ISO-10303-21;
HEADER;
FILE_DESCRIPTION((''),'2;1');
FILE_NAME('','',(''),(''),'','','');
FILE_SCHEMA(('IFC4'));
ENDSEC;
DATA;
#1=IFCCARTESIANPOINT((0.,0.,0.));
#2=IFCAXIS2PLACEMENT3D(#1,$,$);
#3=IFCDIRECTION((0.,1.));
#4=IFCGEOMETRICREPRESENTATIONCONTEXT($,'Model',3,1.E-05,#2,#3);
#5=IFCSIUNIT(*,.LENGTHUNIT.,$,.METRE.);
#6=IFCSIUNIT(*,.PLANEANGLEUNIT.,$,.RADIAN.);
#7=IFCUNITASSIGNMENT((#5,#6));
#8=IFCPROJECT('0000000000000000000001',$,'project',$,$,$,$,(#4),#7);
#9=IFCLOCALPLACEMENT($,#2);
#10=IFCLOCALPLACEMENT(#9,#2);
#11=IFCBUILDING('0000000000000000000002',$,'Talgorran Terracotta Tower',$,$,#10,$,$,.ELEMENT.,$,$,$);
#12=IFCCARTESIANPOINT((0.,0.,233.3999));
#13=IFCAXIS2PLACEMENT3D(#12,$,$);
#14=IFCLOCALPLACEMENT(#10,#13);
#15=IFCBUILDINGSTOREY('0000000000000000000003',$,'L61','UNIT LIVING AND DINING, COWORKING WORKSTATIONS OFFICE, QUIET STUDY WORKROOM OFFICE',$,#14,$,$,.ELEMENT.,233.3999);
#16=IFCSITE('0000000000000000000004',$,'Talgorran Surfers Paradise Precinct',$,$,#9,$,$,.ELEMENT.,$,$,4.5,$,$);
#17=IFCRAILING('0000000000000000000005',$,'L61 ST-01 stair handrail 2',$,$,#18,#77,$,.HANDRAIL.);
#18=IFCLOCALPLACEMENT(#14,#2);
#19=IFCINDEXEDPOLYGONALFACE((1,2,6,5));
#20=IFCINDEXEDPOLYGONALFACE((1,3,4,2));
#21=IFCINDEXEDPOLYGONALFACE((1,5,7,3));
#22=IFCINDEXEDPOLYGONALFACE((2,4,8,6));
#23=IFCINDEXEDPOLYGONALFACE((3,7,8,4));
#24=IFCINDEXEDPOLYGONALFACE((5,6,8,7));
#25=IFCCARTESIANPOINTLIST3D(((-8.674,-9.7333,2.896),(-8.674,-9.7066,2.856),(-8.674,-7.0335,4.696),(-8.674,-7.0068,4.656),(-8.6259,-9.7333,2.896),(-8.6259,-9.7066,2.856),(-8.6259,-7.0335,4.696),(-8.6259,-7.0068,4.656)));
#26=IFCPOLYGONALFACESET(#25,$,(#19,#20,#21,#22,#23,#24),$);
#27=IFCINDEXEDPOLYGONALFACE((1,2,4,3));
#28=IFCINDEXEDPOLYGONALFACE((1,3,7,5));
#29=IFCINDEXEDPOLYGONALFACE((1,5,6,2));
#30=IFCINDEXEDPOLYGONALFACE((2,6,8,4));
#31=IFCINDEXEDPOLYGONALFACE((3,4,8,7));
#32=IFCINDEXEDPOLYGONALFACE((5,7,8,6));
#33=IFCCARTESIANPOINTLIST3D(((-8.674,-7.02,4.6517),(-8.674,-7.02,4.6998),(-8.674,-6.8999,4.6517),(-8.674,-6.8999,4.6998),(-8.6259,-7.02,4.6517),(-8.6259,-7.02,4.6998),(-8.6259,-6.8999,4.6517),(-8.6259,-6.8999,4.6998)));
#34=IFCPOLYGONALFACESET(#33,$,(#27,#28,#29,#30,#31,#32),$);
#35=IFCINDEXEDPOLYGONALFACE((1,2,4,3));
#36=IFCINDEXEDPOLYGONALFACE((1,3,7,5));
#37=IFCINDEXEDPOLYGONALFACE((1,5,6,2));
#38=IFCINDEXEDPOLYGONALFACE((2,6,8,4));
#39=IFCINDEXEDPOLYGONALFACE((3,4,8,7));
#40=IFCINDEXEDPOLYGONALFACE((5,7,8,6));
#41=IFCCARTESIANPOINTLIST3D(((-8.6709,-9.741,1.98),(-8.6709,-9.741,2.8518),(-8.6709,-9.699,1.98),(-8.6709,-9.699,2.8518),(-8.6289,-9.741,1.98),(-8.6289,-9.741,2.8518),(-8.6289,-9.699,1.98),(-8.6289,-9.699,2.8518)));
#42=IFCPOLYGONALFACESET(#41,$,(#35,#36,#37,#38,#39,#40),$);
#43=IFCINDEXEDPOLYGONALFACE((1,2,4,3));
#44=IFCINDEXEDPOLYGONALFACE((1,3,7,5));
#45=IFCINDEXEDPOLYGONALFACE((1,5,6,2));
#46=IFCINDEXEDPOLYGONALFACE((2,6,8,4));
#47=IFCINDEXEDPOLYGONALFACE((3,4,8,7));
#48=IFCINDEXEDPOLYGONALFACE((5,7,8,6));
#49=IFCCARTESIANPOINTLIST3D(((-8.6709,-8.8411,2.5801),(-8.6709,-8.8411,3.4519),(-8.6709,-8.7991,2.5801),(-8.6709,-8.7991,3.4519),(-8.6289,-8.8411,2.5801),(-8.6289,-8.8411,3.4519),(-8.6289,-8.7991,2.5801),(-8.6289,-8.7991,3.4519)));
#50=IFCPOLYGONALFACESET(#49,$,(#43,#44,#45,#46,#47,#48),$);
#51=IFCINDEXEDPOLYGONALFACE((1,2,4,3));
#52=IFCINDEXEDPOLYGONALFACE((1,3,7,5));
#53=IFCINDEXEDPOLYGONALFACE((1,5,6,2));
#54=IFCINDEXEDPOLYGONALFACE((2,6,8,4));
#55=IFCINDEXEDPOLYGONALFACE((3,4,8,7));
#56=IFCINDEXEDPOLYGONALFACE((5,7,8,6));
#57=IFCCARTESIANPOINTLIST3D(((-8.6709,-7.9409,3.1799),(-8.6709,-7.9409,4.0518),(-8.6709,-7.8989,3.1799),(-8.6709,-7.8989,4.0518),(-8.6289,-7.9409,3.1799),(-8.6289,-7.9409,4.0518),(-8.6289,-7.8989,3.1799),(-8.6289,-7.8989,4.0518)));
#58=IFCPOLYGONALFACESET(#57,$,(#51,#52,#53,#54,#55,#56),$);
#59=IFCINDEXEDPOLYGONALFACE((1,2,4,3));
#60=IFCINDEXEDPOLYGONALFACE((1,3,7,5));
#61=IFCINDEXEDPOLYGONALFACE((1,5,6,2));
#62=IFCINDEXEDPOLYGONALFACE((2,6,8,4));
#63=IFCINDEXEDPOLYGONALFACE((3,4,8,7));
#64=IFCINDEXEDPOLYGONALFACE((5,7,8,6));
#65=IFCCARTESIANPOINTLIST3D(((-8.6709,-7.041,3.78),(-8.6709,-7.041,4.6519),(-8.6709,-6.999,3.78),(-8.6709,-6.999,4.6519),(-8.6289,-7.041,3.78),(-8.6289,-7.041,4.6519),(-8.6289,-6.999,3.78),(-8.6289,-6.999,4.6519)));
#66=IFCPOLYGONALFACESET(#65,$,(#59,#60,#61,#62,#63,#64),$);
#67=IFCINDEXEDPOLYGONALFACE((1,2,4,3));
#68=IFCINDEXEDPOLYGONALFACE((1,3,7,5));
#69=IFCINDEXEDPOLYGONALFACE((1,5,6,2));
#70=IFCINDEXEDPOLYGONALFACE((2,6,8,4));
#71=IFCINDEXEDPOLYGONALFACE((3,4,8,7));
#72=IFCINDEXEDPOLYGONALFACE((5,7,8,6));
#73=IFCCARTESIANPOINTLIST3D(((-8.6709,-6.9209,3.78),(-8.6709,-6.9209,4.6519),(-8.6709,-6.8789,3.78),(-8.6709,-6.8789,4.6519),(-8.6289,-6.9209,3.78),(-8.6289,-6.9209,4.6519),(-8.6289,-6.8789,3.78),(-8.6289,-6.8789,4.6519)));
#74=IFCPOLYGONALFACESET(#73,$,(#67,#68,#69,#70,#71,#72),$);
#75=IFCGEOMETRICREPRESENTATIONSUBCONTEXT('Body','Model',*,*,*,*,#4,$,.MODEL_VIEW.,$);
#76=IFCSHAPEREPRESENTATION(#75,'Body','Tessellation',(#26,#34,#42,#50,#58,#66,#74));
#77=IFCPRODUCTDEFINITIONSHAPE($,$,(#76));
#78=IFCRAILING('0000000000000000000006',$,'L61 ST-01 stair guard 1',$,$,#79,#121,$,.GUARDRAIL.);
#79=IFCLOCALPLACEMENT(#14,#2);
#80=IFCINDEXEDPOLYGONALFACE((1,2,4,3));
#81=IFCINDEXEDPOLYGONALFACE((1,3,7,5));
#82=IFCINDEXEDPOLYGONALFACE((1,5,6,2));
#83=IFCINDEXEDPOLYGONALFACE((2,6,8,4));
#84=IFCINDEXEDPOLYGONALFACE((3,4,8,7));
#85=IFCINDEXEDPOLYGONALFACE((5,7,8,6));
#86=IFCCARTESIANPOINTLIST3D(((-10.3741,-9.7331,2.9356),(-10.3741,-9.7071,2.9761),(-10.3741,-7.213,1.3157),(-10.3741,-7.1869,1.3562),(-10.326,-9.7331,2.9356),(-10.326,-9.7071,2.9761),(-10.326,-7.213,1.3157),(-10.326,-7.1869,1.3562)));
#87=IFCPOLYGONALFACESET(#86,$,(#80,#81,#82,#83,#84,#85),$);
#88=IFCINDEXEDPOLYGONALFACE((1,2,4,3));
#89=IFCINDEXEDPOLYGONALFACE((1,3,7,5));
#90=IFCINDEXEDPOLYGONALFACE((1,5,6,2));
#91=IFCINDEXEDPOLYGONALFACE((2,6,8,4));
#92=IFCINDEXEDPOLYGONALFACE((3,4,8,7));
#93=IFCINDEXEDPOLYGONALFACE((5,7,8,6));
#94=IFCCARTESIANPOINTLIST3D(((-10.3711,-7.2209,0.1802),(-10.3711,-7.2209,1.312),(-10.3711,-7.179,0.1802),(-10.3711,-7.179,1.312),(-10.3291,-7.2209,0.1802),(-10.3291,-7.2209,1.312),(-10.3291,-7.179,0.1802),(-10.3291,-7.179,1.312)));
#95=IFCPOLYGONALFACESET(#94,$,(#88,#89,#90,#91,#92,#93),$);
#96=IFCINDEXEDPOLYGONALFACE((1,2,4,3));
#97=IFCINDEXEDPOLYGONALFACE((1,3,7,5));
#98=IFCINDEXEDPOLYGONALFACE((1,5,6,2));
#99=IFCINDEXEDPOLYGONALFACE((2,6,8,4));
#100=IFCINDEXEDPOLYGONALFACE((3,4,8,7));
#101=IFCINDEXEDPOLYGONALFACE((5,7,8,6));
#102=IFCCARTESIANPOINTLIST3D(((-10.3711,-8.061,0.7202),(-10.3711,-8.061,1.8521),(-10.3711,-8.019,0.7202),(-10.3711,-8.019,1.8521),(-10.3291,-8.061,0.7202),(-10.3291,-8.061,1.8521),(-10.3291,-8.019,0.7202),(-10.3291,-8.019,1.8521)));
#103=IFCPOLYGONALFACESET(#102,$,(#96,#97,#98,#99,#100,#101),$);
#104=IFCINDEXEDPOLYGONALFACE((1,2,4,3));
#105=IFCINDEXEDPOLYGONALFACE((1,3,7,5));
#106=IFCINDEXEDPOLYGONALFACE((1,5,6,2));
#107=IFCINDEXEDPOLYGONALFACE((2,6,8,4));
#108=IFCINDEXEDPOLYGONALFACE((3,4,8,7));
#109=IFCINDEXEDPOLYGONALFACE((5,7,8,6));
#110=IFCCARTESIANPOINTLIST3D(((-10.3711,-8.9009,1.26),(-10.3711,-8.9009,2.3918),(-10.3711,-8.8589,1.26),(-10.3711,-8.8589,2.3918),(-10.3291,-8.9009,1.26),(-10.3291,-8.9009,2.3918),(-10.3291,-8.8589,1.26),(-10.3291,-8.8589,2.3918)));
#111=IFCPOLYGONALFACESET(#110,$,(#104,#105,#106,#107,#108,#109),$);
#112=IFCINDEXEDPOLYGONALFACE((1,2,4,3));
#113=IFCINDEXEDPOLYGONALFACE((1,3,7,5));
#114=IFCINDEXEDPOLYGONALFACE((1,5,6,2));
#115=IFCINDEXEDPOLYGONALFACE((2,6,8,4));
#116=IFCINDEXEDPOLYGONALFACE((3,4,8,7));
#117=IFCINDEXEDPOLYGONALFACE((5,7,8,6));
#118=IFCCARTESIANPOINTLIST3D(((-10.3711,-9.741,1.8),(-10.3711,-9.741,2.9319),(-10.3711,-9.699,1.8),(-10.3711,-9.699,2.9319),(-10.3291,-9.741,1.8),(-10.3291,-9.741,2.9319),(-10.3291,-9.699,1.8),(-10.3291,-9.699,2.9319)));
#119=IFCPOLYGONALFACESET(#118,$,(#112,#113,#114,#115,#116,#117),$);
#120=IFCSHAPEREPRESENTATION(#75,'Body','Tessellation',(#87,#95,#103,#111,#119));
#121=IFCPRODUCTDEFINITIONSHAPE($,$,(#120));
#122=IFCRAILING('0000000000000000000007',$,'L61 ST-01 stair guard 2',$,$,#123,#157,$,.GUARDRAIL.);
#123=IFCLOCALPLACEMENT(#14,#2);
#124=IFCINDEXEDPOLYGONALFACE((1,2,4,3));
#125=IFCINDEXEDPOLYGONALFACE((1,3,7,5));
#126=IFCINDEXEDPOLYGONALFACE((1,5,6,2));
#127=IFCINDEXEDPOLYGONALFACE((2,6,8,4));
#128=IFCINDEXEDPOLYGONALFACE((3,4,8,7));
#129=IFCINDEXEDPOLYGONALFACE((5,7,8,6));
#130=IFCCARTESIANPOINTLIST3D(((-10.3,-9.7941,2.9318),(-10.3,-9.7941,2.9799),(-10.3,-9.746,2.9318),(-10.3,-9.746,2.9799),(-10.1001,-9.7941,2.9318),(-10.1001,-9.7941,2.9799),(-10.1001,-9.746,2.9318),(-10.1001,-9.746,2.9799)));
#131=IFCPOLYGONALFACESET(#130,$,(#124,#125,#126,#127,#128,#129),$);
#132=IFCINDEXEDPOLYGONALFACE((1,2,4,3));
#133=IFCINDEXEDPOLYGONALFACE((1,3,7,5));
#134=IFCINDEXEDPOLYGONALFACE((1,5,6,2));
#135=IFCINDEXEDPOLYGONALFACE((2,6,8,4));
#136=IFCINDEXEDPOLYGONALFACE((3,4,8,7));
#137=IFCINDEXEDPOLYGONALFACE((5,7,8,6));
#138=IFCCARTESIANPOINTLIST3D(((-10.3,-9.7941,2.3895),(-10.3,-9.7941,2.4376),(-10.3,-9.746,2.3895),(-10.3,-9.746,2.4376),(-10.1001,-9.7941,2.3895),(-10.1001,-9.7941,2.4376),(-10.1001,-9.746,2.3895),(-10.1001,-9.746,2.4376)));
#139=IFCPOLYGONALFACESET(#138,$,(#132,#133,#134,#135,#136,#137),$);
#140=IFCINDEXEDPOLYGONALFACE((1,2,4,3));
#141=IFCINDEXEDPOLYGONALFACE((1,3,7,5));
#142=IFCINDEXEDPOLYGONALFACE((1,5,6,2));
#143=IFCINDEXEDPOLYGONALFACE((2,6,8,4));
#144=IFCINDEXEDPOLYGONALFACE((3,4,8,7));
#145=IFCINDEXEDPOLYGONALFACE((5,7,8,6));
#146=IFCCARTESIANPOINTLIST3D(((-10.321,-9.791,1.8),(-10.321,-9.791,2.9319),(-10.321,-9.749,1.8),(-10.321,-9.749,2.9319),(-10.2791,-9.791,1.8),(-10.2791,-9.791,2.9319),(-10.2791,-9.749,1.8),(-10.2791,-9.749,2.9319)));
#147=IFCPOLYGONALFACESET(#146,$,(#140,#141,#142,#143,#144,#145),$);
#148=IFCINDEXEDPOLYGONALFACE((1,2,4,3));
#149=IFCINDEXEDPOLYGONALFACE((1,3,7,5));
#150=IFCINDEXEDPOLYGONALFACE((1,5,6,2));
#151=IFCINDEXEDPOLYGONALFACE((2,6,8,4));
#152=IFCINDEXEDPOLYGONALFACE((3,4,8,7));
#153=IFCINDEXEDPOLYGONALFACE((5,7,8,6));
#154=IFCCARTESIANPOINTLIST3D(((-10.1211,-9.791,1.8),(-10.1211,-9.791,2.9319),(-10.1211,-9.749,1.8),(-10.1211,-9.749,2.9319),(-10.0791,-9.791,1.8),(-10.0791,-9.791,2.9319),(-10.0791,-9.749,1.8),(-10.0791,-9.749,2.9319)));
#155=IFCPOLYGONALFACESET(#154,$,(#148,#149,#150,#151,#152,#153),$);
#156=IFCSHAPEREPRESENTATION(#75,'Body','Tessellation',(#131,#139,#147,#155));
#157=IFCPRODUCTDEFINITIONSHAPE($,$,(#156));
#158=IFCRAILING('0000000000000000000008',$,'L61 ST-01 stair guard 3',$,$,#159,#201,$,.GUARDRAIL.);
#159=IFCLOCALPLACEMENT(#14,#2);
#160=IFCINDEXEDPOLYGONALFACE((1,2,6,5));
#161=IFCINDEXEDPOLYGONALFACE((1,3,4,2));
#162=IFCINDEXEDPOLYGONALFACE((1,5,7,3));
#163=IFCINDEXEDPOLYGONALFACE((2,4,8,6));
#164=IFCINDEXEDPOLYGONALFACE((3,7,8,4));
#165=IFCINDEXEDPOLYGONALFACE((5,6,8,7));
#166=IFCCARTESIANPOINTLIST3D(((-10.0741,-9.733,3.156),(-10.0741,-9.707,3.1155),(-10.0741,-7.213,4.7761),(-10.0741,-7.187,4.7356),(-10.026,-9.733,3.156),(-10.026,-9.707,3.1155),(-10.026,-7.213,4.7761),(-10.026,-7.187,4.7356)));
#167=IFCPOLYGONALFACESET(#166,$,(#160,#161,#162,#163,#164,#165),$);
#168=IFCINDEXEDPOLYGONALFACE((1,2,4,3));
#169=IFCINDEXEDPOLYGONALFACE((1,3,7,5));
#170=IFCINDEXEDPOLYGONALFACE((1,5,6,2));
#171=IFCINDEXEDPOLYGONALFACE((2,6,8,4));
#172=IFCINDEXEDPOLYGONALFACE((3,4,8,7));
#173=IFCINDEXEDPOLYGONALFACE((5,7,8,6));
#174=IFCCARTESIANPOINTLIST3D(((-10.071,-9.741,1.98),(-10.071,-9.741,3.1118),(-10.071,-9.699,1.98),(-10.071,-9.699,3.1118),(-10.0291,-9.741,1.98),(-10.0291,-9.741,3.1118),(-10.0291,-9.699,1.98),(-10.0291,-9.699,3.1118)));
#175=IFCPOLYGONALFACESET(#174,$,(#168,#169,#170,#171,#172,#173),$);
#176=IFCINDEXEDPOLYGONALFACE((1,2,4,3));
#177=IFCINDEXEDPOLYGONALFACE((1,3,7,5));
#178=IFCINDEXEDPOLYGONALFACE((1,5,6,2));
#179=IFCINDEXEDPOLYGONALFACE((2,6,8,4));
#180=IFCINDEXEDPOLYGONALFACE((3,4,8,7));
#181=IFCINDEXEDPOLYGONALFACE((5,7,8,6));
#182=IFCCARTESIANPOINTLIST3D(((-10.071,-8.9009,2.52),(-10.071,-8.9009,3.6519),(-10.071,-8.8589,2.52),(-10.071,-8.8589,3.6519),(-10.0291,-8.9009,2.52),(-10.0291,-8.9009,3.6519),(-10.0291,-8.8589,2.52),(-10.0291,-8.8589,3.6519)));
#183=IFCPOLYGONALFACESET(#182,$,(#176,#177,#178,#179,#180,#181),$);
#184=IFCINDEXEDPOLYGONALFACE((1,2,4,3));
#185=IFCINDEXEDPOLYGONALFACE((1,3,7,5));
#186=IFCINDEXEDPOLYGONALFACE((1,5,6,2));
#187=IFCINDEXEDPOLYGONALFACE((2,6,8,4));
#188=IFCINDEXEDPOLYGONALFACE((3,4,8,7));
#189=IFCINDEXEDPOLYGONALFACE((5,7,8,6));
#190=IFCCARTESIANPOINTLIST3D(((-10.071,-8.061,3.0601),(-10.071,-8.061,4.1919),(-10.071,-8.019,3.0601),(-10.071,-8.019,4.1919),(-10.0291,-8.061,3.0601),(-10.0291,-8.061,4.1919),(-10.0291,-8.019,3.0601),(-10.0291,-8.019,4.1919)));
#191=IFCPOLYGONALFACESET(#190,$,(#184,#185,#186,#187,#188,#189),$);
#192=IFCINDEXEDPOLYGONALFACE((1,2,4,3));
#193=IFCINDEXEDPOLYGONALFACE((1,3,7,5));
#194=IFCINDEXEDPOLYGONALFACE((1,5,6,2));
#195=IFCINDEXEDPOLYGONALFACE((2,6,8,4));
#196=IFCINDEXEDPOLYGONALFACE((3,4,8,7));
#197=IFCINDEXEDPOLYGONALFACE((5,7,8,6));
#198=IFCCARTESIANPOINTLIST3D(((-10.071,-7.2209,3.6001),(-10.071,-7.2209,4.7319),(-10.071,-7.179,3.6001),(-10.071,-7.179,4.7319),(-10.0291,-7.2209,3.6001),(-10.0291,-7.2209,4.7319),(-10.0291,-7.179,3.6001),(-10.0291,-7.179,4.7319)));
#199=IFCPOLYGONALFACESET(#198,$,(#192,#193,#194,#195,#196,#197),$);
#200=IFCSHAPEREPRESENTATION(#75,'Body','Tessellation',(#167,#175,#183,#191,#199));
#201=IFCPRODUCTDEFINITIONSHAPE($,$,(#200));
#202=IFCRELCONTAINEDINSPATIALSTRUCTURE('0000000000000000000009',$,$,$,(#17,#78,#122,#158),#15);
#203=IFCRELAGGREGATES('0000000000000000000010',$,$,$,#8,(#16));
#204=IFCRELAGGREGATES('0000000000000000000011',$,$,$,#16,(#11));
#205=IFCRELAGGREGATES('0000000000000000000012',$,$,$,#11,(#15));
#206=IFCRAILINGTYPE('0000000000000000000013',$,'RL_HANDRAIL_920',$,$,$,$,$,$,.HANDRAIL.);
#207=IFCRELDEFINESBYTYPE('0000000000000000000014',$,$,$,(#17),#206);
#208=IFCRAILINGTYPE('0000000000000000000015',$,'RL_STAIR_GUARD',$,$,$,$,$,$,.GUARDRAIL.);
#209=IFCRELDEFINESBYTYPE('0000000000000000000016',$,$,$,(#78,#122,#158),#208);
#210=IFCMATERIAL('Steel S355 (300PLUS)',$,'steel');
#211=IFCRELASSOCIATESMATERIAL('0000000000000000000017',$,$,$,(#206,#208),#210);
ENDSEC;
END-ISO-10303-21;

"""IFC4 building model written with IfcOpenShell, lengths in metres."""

from ifc_helpers import new_model, si_unit, direction, frame, origin, origin_2d, place, context, subcontext, project, spatial, rectangle, extrude, material, type_object, element, save


model = new_model("IFC4")

# Units and contexts
model_context = context("Model", 3, precision=1e-05, world=origin(), true_north=direction((0.0, 1.0)))
body_context = subcontext(model_context, "Body", "Model", "MODEL_VIEW")
ifc_project = project(units=[si_unit("LENGTHUNIT", "METRE"), si_unit("PLANEANGLEUNIT", "RADIAN")], contexts=[model_context])

# Site, building, storey
site_placement = place(None, origin())
site = spatial("IfcSite", under=ifc_project, at=site_placement, Name="Talgorran Surfers Paradise Precinct", CompositionType="ELEMENT", RefElevation=4.5)
building_placement = place(site_placement, origin())
building = spatial("IfcBuilding", under=site, at=building_placement, Name="Talgorran Terracotta Tower", CompositionType="ELEMENT")
storey_placement = place(building_placement, frame((0.0, 0.0, 233.3999)))
storey = spatial("IfcBuildingStorey", under=building, at=storey_placement, Name="L61", Description="UNIT LIVING AND DINING, COWORKING WORKSTATIONS OFFICE, QUIET STUDY WORKROOM OFFICE", CompositionType="ELEMENT", Elevation=233.3999)

# Railings
ifc_material_1 = material(Name="Steel S355 (300PLUS)", Category="steel")
railing_type_1 = type_object("IfcRailingType", Name="RL_HANDRAIL_920", PredefinedType="HANDRAIL", material=ifc_material_1)
railing_1_placement = place(storey_placement, frame((-8.6499, -9.72, 1.98)))
element("IfcRailing", 1, at=railing_1_placement, inside=storey, type_object=railing_type_1, Name="L61 ST-01 stair handrail 2", PredefinedType="HANDRAIL", context=body_context, shape_type="SweptSolid", body=[
    extrude(rectangle(XDim=0.0481, YDim=0.0481, at=origin_2d()), frame((0.0, 0.0, 0.896), z_axis=(0.0, 0.832039, 0.554718), x_axis=(-1.0, 0.0, 0.0)), (0.0, 0.0, 1.0), 3.2449),
    extrude(rectangle(XDim=0.0481, YDim=0.0481, at=origin_2d()), frame((0.0, 2.7, 2.6958), z_axis=(0.0, 1.0, 0.0), x_axis=(-1.0, 0.0, 0.0)), (0.0, 0.0, 1.0), 0.1201),
    extrude(rectangle(XDim=0.042, YDim=0.042, at=origin_2d()), origin(), (0.0, 0.0, 1.0), 0.8718),
    extrude(rectangle(XDim=0.042, YDim=0.042, at=origin_2d()), frame((0.0, 0.8999, 0.6001)), (0.0, 0.0, 1.0), 0.8718),
    extrude(rectangle(XDim=0.042, YDim=0.042, at=origin_2d()), frame((0.0, 1.8, 1.2)), (0.0, 0.0, 1.0), 0.8718),
    extrude(rectangle(XDim=0.042, YDim=0.042, at=origin_2d()), frame((0.0, 2.7, 1.8)), (0.0, 0.0, 1.0), 0.8718),
    extrude(rectangle(XDim=0.042, YDim=0.042, at=origin_2d()), frame((0.0, 2.8201, 1.8)), (0.0, 0.0, 1.0), 0.8718),
])
railing_type_2 = type_object("IfcRailingType", Name="RL_STAIR_GUARD", PredefinedType="GUARDRAIL", material=ifc_material_1)
railing_2_placement = place(storey_placement, frame((-10.3501, -7.2, 0.1802)))
element("IfcRailing", 2, at=railing_2_placement, inside=storey, type_object=railing_type_2, Name="L61 ST-01 stair guard 1", PredefinedType="GUARDRAIL", context=body_context, shape_type="SweptSolid", body=[
    extrude(rectangle(XDim=0.0481, YDim=0.0481, at=origin_2d()), frame((0.0, 0.0, 1.1558), z_axis=(0.0, -0.8412, 0.540725), x_axis=(1.0, 0.0, 0.0)), (0.0, 0.0, 1.0), 2.9958),
    extrude(rectangle(XDim=0.042, YDim=0.042, at=origin_2d()), origin(), (0.0, 0.0, 1.0), 1.1318),
    extrude(rectangle(XDim=0.042, YDim=0.042, at=origin_2d()), frame((0.0, -0.8401, 0.54)), (0.0, 0.0, 1.0), 1.1318),
    extrude(rectangle(XDim=0.042, YDim=0.042, at=origin_2d()), frame((0.0, -1.6799, 1.0798)), (0.0, 0.0, 1.0), 1.1318),
    extrude(rectangle(XDim=0.042, YDim=0.042, at=origin_2d()), frame((0.0, -2.52, 1.6199)), (0.0, 0.0, 1.0), 1.1318),
])
railing_3_placement = place(storey_placement, frame((-10.3, -9.77, 1.8)))
element("IfcRailing", 3, at=railing_3_placement, inside=storey, type_object=railing_type_2, Name="L61 ST-01 stair guard 2", PredefinedType="GUARDRAIL", context=body_context, shape_type="SweptSolid", body=[
    extrude(rectangle(XDim=0.0481, YDim=0.0481, at=origin_2d()), frame((0.0, 0.0, 1.1558), z_axis=(1.0, 0.0, 0.0), x_axis=(0.0, 1.0, 0.0)), (0.0, 0.0, 1.0), 0.2),
    extrude(rectangle(XDim=0.0481, YDim=0.0481, at=origin_2d()), frame((0.0, 0.0, 0.6135), z_axis=(1.0, 0.0, 0.0), x_axis=(0.0, 1.0, 0.0)), (0.0, 0.0, 1.0), 0.2),
    extrude(rectangle(XDim=0.042, YDim=0.042, at=origin_2d()), origin(), (0.0, 0.0, 1.0), 1.1318),
    extrude(rectangle(XDim=0.042, YDim=0.042, at=origin_2d()), frame((0.2, 0.0, 0.0)), (0.0, 0.0, 1.0), 1.1318),
])
railing_4_placement = place(storey_placement, frame((-10.05, -9.72, 1.98)))
element("IfcRailing", 4, at=railing_4_placement, inside=storey, type_object=railing_type_2, Name="L61 ST-01 stair guard 3", PredefinedType="GUARDRAIL", context=body_context, shape_type="SweptSolid", body=[
    extrude(rectangle(XDim=0.0481, YDim=0.0481, at=origin_2d()), frame((0.0, 0.0, 1.1558), z_axis=(0.0, 0.841163, 0.540782), x_axis=(-1.0, 0.0, 0.0)), (0.0, 0.0, 1.0), 2.9958),
    extrude(rectangle(XDim=0.042, YDim=0.042, at=origin_2d()), origin(), (0.0, 0.0, 1.0), 1.1318),
    extrude(rectangle(XDim=0.042, YDim=0.042, at=origin_2d()), frame((0.0, 0.8401, 0.54)), (0.0, 0.0, 1.0), 1.1318),
    extrude(rectangle(XDim=0.042, YDim=0.042, at=origin_2d()), frame((0.0, 1.6799, 1.0801)), (0.0, 0.0, 1.0), 1.1318),
    extrude(rectangle(XDim=0.042, YDim=0.042, at=origin_2d()), frame((0.0, 2.52, 1.6201)), (0.0, 0.0, 1.0), 1.1318),
])

save(model, "model.ifc")
